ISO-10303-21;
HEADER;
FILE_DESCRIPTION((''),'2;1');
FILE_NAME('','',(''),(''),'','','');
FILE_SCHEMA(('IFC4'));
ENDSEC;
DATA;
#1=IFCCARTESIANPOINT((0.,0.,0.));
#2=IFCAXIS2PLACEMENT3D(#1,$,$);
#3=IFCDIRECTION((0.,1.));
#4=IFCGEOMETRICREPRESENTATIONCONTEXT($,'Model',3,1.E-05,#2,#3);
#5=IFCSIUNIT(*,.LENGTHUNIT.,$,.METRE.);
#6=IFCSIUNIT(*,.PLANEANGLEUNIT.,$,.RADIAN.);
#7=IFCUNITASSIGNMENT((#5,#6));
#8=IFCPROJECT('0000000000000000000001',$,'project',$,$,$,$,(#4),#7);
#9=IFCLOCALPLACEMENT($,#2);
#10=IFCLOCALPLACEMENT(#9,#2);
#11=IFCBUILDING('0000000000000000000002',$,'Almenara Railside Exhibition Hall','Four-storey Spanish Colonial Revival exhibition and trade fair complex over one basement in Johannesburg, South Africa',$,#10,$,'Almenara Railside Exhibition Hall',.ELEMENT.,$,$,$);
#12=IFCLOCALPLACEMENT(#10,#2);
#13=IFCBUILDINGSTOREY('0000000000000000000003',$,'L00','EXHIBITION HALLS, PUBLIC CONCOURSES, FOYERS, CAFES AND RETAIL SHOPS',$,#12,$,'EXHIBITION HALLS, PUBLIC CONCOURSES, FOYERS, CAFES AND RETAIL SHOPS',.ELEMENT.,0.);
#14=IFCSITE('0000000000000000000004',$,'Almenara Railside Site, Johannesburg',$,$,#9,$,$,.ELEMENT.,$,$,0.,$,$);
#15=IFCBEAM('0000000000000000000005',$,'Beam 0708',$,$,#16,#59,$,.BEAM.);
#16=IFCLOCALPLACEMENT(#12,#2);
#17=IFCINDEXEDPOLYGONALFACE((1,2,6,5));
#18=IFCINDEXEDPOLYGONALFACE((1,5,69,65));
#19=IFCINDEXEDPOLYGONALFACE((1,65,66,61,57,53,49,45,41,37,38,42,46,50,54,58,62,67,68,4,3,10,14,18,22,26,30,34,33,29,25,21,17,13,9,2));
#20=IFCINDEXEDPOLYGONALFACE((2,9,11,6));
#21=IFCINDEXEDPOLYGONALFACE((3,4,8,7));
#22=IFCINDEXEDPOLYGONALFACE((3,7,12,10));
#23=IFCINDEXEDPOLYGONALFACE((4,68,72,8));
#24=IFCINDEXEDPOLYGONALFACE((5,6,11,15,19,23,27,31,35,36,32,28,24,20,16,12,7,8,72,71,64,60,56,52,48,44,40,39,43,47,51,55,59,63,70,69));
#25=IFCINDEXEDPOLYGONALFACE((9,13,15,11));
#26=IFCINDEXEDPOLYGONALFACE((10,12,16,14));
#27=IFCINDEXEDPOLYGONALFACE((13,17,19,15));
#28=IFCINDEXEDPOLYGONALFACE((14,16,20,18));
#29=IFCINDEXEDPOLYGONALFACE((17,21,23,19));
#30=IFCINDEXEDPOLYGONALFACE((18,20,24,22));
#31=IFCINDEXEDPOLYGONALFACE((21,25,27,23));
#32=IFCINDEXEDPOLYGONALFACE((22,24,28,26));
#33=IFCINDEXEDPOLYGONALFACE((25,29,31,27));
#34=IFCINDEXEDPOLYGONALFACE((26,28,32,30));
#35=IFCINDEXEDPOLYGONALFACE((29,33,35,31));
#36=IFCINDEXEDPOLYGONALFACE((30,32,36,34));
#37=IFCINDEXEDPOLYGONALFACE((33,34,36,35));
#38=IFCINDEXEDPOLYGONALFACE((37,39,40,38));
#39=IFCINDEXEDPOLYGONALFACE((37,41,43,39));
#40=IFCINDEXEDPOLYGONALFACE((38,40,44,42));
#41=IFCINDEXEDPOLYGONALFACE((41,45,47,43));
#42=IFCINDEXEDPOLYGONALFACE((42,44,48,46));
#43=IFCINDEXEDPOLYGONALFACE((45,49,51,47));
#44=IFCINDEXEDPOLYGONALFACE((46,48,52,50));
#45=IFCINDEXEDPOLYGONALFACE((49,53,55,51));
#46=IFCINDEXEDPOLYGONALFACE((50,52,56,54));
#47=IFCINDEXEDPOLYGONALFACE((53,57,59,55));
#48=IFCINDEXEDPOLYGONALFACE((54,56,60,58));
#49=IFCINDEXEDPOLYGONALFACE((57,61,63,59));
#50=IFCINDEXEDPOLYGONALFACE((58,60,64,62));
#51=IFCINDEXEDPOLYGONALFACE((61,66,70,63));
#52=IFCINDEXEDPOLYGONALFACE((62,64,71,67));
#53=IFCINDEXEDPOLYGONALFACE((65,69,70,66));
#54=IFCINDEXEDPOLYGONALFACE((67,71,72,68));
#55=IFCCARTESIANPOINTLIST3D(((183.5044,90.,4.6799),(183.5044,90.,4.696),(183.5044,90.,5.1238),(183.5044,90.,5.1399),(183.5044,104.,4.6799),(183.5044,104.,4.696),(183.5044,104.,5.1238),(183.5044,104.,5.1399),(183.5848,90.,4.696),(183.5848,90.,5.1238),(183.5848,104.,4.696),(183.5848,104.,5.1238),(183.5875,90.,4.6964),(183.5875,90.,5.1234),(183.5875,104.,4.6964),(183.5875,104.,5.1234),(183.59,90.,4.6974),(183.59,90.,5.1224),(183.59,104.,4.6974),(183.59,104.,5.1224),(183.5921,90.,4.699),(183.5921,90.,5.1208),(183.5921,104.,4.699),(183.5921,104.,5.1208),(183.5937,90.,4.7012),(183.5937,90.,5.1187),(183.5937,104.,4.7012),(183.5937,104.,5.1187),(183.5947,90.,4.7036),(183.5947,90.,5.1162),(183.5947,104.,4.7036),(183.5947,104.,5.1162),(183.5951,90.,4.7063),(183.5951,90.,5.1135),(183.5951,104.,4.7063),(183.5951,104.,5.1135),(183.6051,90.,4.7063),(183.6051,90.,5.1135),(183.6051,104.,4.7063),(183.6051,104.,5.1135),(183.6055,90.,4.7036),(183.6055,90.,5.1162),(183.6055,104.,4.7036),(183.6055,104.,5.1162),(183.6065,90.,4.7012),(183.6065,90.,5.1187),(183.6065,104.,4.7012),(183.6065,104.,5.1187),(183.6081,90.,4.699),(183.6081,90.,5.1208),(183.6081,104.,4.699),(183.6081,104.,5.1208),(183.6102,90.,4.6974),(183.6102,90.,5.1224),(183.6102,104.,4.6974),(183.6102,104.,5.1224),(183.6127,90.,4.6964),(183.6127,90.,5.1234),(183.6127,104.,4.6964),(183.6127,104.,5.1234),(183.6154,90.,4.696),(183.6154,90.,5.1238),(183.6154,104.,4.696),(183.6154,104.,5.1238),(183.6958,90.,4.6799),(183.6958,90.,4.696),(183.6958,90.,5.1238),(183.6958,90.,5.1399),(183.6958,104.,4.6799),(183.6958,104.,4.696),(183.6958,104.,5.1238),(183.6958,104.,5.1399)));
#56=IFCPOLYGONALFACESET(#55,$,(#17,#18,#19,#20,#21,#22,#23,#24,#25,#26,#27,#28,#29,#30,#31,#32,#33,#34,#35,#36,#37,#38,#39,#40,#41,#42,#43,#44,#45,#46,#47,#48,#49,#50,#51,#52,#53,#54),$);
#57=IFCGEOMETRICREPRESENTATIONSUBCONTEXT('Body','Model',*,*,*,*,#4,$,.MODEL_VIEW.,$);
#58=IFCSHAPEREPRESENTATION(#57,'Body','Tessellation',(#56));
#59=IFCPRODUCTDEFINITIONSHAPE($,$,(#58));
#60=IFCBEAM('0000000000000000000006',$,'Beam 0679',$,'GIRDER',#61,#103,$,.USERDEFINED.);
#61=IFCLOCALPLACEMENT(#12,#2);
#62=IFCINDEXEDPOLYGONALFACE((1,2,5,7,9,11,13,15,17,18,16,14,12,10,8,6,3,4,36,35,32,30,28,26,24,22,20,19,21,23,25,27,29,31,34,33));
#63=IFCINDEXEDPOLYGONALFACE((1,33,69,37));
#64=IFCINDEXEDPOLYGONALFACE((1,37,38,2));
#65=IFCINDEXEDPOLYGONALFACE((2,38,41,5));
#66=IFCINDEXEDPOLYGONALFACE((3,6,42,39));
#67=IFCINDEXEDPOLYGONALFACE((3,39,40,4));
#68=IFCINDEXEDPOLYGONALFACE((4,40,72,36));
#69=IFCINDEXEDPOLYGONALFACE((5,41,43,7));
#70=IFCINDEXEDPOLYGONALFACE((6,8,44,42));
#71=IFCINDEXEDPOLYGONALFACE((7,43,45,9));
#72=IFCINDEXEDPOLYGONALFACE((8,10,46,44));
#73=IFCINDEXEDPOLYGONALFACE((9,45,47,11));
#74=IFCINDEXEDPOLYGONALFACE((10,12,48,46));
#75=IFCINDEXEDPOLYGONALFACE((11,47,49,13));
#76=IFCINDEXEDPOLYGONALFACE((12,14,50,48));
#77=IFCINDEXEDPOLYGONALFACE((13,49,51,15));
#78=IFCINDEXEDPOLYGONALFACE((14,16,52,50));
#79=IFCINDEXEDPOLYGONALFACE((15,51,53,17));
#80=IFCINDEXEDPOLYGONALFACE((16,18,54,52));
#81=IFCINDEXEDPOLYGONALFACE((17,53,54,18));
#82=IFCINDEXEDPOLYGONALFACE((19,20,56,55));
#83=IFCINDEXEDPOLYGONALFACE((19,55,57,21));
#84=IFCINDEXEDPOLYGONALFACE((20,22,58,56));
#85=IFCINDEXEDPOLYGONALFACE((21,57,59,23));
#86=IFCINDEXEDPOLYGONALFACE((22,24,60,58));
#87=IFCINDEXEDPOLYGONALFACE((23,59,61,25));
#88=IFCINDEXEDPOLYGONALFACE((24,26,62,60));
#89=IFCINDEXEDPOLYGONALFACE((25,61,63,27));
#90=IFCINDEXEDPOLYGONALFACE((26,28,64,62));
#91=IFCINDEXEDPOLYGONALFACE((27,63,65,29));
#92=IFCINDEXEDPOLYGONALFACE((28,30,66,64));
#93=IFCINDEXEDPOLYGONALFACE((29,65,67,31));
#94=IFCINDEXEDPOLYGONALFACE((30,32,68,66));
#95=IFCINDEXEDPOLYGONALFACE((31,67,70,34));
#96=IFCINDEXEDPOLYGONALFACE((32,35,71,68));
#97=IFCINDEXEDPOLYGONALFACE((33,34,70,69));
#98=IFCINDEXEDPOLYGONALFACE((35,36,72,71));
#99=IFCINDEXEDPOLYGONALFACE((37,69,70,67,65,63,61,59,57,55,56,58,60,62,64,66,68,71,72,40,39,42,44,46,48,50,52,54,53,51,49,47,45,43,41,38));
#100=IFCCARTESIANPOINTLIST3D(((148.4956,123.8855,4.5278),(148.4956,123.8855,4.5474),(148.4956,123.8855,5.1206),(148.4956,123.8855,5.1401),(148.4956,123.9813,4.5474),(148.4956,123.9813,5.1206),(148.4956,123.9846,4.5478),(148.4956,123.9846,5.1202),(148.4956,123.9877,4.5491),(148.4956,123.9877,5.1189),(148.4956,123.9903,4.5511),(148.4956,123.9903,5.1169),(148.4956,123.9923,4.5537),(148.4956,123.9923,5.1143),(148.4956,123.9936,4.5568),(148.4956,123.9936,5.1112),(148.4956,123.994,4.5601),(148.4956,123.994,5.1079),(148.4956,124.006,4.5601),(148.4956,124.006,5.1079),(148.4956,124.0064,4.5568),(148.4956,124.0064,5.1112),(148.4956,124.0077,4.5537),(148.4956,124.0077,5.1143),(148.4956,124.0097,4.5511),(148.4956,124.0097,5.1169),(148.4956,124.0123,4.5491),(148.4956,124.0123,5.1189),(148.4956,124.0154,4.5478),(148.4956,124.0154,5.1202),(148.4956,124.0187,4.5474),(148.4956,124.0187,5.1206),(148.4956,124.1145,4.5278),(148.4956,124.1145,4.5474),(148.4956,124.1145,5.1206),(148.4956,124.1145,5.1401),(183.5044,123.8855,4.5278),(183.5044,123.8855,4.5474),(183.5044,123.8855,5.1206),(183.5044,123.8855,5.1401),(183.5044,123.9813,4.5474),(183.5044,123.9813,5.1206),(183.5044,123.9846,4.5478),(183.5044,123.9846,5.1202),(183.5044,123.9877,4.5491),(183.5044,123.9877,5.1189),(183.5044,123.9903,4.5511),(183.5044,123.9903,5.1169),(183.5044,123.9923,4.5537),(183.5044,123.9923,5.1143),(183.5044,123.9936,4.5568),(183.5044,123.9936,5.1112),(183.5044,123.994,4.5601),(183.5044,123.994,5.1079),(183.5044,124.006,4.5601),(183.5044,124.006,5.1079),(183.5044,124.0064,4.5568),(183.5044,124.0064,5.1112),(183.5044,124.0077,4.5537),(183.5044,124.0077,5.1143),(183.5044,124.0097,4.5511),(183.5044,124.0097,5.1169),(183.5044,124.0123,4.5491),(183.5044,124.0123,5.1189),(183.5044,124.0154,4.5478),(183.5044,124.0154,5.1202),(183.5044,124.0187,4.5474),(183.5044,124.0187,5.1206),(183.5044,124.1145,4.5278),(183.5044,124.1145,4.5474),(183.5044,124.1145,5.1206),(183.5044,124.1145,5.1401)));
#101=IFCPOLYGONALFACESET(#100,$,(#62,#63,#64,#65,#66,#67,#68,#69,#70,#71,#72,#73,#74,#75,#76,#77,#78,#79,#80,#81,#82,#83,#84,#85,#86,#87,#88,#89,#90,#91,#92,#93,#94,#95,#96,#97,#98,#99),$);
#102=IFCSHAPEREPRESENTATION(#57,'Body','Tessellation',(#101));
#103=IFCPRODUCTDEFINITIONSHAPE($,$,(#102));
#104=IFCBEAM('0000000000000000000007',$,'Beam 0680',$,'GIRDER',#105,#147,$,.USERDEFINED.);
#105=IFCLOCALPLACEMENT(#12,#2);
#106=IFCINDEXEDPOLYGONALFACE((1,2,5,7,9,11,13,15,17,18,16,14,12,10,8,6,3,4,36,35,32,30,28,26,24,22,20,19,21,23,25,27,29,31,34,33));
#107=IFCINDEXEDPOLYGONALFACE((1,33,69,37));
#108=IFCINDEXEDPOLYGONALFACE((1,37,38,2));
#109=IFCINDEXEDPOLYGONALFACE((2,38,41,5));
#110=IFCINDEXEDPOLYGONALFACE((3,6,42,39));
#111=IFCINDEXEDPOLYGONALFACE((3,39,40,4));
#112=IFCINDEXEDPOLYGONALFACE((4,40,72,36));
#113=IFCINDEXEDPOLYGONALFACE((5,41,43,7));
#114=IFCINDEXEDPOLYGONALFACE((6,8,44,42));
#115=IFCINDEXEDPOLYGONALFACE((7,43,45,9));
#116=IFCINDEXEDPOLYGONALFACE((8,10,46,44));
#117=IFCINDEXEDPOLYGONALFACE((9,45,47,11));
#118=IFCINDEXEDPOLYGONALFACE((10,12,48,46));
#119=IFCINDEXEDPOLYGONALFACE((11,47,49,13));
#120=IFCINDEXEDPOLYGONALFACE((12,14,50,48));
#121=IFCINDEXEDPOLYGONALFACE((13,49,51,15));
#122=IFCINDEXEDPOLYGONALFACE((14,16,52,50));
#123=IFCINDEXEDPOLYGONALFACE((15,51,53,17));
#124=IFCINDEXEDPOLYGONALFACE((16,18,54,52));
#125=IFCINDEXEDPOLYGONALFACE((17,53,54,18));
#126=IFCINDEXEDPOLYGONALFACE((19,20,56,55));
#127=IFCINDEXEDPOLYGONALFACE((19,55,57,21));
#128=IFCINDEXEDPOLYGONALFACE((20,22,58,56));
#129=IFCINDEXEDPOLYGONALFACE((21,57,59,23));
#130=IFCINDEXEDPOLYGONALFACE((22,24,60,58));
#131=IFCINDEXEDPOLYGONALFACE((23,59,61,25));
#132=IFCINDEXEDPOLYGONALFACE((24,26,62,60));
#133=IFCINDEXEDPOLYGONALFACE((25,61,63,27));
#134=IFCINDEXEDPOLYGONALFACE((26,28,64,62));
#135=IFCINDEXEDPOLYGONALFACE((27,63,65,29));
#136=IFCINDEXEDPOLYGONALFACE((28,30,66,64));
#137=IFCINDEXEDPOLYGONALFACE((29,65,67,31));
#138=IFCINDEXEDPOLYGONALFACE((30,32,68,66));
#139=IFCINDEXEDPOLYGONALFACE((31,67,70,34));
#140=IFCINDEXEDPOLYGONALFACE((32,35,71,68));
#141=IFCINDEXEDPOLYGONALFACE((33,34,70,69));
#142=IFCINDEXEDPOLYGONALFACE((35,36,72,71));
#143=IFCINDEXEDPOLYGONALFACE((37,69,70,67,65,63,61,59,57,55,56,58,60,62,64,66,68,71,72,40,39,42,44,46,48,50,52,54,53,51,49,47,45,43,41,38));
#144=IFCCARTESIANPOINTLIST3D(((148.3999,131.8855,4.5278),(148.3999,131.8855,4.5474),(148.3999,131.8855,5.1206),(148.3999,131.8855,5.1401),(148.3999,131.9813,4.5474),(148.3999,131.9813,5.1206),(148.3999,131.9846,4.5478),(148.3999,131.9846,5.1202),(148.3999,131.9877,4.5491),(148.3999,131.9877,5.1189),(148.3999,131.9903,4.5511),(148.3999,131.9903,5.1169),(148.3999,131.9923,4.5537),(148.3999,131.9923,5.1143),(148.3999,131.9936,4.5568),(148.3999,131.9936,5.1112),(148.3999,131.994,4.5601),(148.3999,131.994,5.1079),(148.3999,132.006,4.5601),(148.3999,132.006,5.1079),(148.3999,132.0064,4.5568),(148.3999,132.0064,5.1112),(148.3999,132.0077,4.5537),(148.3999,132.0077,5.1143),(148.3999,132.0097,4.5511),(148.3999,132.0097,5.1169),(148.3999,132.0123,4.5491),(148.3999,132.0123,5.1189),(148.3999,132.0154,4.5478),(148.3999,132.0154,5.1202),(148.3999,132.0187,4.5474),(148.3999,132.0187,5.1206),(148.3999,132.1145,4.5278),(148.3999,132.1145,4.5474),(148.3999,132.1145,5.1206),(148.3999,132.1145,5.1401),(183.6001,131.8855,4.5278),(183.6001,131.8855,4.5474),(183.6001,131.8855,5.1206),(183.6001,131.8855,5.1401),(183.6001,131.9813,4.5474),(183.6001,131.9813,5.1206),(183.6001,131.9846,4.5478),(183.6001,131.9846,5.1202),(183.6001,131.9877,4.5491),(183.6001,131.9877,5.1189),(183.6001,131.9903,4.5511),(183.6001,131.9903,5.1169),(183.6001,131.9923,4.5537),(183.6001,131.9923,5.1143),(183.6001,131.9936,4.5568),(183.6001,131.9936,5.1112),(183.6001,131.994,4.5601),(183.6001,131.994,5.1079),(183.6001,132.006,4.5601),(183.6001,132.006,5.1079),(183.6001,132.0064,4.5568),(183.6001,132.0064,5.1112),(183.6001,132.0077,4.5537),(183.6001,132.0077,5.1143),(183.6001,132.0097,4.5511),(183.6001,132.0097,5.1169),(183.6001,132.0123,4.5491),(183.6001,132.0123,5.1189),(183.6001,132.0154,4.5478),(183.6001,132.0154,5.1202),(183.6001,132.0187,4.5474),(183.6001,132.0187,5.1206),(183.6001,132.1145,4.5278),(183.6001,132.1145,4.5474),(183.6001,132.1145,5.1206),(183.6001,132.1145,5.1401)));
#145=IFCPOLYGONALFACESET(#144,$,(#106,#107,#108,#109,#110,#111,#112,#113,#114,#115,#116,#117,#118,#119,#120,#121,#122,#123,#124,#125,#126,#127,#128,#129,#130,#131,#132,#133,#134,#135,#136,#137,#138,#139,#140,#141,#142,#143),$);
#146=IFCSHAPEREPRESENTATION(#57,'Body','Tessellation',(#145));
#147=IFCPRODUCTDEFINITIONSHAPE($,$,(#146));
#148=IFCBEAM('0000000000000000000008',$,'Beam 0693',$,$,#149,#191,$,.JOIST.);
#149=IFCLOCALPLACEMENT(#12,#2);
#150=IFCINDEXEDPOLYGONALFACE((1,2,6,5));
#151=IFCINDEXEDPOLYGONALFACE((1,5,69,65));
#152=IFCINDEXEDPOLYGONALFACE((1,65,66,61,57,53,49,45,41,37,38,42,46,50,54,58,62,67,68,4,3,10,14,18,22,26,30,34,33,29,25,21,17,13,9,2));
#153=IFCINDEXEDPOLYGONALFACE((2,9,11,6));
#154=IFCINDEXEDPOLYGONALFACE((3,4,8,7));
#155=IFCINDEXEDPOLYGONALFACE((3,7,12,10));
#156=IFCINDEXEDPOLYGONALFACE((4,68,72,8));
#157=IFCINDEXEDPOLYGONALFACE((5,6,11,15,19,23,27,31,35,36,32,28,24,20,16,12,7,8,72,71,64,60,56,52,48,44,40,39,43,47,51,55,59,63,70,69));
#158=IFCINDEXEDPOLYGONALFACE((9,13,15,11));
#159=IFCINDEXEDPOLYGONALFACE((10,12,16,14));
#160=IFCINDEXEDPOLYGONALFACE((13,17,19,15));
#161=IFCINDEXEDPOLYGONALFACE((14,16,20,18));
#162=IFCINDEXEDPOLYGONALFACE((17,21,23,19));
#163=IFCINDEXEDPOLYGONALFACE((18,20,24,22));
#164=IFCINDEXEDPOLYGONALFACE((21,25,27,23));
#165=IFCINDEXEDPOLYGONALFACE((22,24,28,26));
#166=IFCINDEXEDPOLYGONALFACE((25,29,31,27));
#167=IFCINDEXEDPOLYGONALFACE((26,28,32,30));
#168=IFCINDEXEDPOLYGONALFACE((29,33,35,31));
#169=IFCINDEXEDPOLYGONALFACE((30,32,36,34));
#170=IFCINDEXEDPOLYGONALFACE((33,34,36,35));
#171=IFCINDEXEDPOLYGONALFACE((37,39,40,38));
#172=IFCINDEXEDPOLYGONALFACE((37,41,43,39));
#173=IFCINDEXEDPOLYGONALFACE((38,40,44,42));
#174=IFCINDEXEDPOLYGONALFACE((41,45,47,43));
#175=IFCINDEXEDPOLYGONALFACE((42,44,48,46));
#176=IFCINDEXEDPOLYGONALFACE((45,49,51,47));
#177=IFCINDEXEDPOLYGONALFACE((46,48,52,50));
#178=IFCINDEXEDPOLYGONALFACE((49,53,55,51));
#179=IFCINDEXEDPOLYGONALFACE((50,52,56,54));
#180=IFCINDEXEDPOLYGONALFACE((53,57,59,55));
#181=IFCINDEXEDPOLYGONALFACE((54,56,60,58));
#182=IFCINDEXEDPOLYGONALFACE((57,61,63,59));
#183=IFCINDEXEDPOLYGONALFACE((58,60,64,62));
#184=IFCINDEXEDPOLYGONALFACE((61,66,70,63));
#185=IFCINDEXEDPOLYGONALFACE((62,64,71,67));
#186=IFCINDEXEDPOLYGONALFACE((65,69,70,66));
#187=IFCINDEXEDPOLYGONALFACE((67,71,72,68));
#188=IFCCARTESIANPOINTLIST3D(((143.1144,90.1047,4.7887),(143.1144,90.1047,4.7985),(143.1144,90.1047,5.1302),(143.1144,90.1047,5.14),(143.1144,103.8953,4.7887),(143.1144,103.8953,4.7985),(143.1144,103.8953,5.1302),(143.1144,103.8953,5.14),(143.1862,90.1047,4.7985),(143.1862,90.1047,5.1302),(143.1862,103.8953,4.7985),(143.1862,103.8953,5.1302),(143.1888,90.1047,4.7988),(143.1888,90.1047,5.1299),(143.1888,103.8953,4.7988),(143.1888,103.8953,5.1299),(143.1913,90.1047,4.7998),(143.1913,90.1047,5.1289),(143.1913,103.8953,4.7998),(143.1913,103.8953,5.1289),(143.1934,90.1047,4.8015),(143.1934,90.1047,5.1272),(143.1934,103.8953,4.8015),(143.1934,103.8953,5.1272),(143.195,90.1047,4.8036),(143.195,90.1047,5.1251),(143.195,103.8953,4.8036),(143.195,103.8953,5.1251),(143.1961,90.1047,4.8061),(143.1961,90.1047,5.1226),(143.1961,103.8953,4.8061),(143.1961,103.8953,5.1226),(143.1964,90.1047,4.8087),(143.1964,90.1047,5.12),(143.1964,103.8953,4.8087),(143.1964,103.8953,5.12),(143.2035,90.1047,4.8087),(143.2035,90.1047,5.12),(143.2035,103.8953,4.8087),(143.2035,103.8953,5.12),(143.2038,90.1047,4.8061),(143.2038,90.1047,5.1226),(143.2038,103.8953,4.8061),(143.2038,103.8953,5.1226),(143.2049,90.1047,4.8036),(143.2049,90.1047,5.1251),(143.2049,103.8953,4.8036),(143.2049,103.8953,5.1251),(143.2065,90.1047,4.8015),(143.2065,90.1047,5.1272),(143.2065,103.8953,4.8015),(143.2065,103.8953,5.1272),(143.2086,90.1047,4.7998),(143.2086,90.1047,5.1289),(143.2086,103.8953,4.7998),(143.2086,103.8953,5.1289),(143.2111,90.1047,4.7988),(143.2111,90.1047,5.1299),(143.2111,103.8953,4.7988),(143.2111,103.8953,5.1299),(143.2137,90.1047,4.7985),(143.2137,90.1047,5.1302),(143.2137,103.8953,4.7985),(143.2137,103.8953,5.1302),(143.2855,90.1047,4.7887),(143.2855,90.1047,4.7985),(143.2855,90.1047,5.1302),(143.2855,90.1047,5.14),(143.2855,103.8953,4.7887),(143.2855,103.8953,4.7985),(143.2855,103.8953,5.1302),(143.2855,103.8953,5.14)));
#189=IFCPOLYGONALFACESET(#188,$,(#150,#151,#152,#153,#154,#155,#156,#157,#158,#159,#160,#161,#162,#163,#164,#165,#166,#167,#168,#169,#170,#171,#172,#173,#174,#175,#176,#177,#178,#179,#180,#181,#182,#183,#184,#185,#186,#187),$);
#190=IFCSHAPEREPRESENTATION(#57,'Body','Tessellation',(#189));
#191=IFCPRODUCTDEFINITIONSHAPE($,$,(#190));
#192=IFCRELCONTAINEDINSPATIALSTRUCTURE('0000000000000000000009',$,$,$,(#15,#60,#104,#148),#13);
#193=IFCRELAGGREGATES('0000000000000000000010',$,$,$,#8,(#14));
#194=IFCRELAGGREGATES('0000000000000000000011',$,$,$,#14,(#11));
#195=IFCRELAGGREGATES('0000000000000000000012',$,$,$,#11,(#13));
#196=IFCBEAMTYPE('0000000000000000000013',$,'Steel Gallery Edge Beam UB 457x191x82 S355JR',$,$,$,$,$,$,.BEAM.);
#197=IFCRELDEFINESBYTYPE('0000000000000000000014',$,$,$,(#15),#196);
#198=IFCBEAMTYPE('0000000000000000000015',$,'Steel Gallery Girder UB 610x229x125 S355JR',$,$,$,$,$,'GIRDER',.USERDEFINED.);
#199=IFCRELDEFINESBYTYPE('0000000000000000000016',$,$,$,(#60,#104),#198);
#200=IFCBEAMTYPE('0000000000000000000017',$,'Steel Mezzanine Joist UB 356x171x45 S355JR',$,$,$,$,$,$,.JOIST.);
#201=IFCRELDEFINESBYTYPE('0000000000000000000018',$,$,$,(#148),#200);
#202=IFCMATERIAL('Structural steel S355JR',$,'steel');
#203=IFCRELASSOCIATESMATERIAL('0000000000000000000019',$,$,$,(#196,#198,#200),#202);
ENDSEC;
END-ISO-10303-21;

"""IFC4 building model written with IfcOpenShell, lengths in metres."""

from ifc_helpers import new_model, si_unit, direction, frame, origin, origin_2d, place, context, subcontext, project, spatial, i_section, extrude, material, material_profile, profile_set, type_object, element, save


model = new_model("IFC4")

# Units and contexts
model_context = context("Model", 3, precision=1e-05, world=origin(), true_north=direction((0.0, 1.0)))
body_context = subcontext(model_context, "Body", "Model", "MODEL_VIEW")
ifc_project = project(units=[si_unit("LENGTHUNIT", "METRE"), si_unit("PLANEANGLEUNIT", "RADIAN")], contexts=[model_context])

# Site, building, storey
site_placement = place(None, origin())
site = spatial("IfcSite", under=ifc_project, at=site_placement, Name="Almenara Railside Site, Johannesburg", CompositionType="ELEMENT", RefElevation=0.0)
building_placement = place(site_placement, origin())
building = spatial("IfcBuilding", under=site, at=building_placement, Name="Almenara Railside Exhibition Hall", Description="Four-storey Spanish Colonial Revival exhibition and trade fair complex over one basement in Johannesburg, South Africa", LongName="Almenara Railside Exhibition Hall", CompositionType="ELEMENT")
storey_placement = place(building_placement, origin())
storey = spatial("IfcBuildingStorey", under=building, at=storey_placement, Name="L00", Description="EXHIBITION HALLS, PUBLIC CONCOURSES, FOYERS, CAFES AND RETAIL SHOPS", LongName="EXHIBITION HALLS, PUBLIC CONCOURSES, FOYERS, CAFES AND RETAIL SHOPS", CompositionType="ELEMENT", Elevation=0.0)

# Beams
ifc_material_1 = material(Name="Structural steel S355JR", Category="steel")
ifc_material_profile_1 = material_profile(ifc_material_1, i_section(OverallWidth=0.1914, OverallDepth=0.46, WebThickness=0.01, FlangeThickness=0.0161, FilletRadius=0.0103, at=origin_2d()), Name="UB 457x191x82")
ifc_profile_set_1 = profile_set([ifc_material_profile_1], Name="Structural steel S355JR")
beam_type_1 = type_object("IfcBeamType", Name="Steel Gallery Edge Beam UB 457x191x82 S355JR", PredefinedType="BEAM", material=ifc_profile_set_1)
for number, where, z_axis, x_axis, name in (
    (1, (183.6001, 90.0, 4.9099), (0.0, 1.0, 0.0), (-1.0, 0.0, 0.0), "Beam 0708"),
):
    element("IfcBeam", number, at=place(storey_placement, frame(where, z_axis=z_axis, x_axis=x_axis)), inside=storey, type_object=beam_type_1, Name=name, PredefinedType="BEAM", context=body_context, shape_type="SweptSolid", body=[
        extrude(i_section(OverallWidth=0.1914, OverallDepth=0.46, WebThickness=0.01, FlangeThickness=0.0161, FilletRadius=0.0103, at=origin_2d()), origin(), (0.0, 0.0, 1.0), 14.0),
    ])
ifc_material_profile_2 = material_profile(ifc_material_1, i_section(OverallWidth=0.229, OverallDepth=0.6123, WebThickness=0.012, FlangeThickness=0.0195, FilletRadius=0.0127, at=origin_2d()), Name="UB 610x229x125")
ifc_profile_set_2 = profile_set([ifc_material_profile_2], Name="Structural steel S355JR")
beam_type_2 = type_object("IfcBeamType", Name="Steel Gallery Girder UB 610x229x125 S355JR", ElementType="GIRDER", PredefinedType="USERDEFINED", material=ifc_profile_set_2)
beam_1_placement = place(storey_placement, frame((148.4956, 124.0, 4.834), z_axis=(1.0, 0.0, 0.0), x_axis=(0.0, 1.0, 0.0)))
element("IfcBeam", 2, at=beam_1_placement, inside=storey, type_object=beam_type_2, Name="Beam 0679", ObjectType="GIRDER", PredefinedType="USERDEFINED", context=body_context, shape_type="SweptSolid", body=[
    extrude(i_section(OverallWidth=0.229, OverallDepth=0.6123, WebThickness=0.012, FlangeThickness=0.0195, FilletRadius=0.0127, at=origin_2d()), origin(), (0.0, 0.0, 1.0), 35.0088),
])
beam_2_placement = place(storey_placement, frame((148.3999, 132.0, 4.834), z_axis=(1.0, 0.0, 0.0), x_axis=(0.0, 1.0, 0.0)))
element("IfcBeam", 3, at=beam_2_placement, inside=storey, type_object=beam_type_2, Name="Beam 0680", ObjectType="GIRDER", PredefinedType="USERDEFINED", context=body_context, shape_type="SweptSolid", body=[
    extrude(i_section(OverallWidth=0.229, OverallDepth=0.6123, WebThickness=0.012, FlangeThickness=0.0195, FilletRadius=0.0127, at=origin_2d()), origin(), (0.0, 0.0, 1.0), 35.2002),
])
ifc_material_profile_3 = material_profile(ifc_material_1, i_section(OverallWidth=0.1711, OverallDepth=0.3513, WebThickness=0.0071, FlangeThickness=0.0098, FilletRadius=0.0103, at=origin_2d()), Name="UB 356x171x45")
ifc_profile_set_3 = profile_set([ifc_material_profile_3], Name="Structural steel S355JR")
beam_type_3 = type_object("IfcBeamType", Name="Steel Mezzanine Joist UB 356x171x45 S355JR", PredefinedType="JOIST", material=ifc_profile_set_3)
for number, where, z_axis, x_axis, name in (
    (4, (143.2, 90.1047, 4.9644), (0.0, 1.0, 0.0), (-1.0, 0.0, 0.0), "Beam 0693"),
):
    element("IfcBeam", number, at=place(storey_placement, frame(where, z_axis=z_axis, x_axis=x_axis)), inside=storey, type_object=beam_type_3, Name=name, PredefinedType="JOIST", context=body_context, shape_type="SweptSolid", body=[
        extrude(i_section(OverallWidth=0.1711, OverallDepth=0.3513, WebThickness=0.0071, FlangeThickness=0.0098, FilletRadius=0.0103, at=origin_2d()), origin(), (0.0, 0.0, 1.0), 13.7905),
    ])

save(model, "model.ifc")
